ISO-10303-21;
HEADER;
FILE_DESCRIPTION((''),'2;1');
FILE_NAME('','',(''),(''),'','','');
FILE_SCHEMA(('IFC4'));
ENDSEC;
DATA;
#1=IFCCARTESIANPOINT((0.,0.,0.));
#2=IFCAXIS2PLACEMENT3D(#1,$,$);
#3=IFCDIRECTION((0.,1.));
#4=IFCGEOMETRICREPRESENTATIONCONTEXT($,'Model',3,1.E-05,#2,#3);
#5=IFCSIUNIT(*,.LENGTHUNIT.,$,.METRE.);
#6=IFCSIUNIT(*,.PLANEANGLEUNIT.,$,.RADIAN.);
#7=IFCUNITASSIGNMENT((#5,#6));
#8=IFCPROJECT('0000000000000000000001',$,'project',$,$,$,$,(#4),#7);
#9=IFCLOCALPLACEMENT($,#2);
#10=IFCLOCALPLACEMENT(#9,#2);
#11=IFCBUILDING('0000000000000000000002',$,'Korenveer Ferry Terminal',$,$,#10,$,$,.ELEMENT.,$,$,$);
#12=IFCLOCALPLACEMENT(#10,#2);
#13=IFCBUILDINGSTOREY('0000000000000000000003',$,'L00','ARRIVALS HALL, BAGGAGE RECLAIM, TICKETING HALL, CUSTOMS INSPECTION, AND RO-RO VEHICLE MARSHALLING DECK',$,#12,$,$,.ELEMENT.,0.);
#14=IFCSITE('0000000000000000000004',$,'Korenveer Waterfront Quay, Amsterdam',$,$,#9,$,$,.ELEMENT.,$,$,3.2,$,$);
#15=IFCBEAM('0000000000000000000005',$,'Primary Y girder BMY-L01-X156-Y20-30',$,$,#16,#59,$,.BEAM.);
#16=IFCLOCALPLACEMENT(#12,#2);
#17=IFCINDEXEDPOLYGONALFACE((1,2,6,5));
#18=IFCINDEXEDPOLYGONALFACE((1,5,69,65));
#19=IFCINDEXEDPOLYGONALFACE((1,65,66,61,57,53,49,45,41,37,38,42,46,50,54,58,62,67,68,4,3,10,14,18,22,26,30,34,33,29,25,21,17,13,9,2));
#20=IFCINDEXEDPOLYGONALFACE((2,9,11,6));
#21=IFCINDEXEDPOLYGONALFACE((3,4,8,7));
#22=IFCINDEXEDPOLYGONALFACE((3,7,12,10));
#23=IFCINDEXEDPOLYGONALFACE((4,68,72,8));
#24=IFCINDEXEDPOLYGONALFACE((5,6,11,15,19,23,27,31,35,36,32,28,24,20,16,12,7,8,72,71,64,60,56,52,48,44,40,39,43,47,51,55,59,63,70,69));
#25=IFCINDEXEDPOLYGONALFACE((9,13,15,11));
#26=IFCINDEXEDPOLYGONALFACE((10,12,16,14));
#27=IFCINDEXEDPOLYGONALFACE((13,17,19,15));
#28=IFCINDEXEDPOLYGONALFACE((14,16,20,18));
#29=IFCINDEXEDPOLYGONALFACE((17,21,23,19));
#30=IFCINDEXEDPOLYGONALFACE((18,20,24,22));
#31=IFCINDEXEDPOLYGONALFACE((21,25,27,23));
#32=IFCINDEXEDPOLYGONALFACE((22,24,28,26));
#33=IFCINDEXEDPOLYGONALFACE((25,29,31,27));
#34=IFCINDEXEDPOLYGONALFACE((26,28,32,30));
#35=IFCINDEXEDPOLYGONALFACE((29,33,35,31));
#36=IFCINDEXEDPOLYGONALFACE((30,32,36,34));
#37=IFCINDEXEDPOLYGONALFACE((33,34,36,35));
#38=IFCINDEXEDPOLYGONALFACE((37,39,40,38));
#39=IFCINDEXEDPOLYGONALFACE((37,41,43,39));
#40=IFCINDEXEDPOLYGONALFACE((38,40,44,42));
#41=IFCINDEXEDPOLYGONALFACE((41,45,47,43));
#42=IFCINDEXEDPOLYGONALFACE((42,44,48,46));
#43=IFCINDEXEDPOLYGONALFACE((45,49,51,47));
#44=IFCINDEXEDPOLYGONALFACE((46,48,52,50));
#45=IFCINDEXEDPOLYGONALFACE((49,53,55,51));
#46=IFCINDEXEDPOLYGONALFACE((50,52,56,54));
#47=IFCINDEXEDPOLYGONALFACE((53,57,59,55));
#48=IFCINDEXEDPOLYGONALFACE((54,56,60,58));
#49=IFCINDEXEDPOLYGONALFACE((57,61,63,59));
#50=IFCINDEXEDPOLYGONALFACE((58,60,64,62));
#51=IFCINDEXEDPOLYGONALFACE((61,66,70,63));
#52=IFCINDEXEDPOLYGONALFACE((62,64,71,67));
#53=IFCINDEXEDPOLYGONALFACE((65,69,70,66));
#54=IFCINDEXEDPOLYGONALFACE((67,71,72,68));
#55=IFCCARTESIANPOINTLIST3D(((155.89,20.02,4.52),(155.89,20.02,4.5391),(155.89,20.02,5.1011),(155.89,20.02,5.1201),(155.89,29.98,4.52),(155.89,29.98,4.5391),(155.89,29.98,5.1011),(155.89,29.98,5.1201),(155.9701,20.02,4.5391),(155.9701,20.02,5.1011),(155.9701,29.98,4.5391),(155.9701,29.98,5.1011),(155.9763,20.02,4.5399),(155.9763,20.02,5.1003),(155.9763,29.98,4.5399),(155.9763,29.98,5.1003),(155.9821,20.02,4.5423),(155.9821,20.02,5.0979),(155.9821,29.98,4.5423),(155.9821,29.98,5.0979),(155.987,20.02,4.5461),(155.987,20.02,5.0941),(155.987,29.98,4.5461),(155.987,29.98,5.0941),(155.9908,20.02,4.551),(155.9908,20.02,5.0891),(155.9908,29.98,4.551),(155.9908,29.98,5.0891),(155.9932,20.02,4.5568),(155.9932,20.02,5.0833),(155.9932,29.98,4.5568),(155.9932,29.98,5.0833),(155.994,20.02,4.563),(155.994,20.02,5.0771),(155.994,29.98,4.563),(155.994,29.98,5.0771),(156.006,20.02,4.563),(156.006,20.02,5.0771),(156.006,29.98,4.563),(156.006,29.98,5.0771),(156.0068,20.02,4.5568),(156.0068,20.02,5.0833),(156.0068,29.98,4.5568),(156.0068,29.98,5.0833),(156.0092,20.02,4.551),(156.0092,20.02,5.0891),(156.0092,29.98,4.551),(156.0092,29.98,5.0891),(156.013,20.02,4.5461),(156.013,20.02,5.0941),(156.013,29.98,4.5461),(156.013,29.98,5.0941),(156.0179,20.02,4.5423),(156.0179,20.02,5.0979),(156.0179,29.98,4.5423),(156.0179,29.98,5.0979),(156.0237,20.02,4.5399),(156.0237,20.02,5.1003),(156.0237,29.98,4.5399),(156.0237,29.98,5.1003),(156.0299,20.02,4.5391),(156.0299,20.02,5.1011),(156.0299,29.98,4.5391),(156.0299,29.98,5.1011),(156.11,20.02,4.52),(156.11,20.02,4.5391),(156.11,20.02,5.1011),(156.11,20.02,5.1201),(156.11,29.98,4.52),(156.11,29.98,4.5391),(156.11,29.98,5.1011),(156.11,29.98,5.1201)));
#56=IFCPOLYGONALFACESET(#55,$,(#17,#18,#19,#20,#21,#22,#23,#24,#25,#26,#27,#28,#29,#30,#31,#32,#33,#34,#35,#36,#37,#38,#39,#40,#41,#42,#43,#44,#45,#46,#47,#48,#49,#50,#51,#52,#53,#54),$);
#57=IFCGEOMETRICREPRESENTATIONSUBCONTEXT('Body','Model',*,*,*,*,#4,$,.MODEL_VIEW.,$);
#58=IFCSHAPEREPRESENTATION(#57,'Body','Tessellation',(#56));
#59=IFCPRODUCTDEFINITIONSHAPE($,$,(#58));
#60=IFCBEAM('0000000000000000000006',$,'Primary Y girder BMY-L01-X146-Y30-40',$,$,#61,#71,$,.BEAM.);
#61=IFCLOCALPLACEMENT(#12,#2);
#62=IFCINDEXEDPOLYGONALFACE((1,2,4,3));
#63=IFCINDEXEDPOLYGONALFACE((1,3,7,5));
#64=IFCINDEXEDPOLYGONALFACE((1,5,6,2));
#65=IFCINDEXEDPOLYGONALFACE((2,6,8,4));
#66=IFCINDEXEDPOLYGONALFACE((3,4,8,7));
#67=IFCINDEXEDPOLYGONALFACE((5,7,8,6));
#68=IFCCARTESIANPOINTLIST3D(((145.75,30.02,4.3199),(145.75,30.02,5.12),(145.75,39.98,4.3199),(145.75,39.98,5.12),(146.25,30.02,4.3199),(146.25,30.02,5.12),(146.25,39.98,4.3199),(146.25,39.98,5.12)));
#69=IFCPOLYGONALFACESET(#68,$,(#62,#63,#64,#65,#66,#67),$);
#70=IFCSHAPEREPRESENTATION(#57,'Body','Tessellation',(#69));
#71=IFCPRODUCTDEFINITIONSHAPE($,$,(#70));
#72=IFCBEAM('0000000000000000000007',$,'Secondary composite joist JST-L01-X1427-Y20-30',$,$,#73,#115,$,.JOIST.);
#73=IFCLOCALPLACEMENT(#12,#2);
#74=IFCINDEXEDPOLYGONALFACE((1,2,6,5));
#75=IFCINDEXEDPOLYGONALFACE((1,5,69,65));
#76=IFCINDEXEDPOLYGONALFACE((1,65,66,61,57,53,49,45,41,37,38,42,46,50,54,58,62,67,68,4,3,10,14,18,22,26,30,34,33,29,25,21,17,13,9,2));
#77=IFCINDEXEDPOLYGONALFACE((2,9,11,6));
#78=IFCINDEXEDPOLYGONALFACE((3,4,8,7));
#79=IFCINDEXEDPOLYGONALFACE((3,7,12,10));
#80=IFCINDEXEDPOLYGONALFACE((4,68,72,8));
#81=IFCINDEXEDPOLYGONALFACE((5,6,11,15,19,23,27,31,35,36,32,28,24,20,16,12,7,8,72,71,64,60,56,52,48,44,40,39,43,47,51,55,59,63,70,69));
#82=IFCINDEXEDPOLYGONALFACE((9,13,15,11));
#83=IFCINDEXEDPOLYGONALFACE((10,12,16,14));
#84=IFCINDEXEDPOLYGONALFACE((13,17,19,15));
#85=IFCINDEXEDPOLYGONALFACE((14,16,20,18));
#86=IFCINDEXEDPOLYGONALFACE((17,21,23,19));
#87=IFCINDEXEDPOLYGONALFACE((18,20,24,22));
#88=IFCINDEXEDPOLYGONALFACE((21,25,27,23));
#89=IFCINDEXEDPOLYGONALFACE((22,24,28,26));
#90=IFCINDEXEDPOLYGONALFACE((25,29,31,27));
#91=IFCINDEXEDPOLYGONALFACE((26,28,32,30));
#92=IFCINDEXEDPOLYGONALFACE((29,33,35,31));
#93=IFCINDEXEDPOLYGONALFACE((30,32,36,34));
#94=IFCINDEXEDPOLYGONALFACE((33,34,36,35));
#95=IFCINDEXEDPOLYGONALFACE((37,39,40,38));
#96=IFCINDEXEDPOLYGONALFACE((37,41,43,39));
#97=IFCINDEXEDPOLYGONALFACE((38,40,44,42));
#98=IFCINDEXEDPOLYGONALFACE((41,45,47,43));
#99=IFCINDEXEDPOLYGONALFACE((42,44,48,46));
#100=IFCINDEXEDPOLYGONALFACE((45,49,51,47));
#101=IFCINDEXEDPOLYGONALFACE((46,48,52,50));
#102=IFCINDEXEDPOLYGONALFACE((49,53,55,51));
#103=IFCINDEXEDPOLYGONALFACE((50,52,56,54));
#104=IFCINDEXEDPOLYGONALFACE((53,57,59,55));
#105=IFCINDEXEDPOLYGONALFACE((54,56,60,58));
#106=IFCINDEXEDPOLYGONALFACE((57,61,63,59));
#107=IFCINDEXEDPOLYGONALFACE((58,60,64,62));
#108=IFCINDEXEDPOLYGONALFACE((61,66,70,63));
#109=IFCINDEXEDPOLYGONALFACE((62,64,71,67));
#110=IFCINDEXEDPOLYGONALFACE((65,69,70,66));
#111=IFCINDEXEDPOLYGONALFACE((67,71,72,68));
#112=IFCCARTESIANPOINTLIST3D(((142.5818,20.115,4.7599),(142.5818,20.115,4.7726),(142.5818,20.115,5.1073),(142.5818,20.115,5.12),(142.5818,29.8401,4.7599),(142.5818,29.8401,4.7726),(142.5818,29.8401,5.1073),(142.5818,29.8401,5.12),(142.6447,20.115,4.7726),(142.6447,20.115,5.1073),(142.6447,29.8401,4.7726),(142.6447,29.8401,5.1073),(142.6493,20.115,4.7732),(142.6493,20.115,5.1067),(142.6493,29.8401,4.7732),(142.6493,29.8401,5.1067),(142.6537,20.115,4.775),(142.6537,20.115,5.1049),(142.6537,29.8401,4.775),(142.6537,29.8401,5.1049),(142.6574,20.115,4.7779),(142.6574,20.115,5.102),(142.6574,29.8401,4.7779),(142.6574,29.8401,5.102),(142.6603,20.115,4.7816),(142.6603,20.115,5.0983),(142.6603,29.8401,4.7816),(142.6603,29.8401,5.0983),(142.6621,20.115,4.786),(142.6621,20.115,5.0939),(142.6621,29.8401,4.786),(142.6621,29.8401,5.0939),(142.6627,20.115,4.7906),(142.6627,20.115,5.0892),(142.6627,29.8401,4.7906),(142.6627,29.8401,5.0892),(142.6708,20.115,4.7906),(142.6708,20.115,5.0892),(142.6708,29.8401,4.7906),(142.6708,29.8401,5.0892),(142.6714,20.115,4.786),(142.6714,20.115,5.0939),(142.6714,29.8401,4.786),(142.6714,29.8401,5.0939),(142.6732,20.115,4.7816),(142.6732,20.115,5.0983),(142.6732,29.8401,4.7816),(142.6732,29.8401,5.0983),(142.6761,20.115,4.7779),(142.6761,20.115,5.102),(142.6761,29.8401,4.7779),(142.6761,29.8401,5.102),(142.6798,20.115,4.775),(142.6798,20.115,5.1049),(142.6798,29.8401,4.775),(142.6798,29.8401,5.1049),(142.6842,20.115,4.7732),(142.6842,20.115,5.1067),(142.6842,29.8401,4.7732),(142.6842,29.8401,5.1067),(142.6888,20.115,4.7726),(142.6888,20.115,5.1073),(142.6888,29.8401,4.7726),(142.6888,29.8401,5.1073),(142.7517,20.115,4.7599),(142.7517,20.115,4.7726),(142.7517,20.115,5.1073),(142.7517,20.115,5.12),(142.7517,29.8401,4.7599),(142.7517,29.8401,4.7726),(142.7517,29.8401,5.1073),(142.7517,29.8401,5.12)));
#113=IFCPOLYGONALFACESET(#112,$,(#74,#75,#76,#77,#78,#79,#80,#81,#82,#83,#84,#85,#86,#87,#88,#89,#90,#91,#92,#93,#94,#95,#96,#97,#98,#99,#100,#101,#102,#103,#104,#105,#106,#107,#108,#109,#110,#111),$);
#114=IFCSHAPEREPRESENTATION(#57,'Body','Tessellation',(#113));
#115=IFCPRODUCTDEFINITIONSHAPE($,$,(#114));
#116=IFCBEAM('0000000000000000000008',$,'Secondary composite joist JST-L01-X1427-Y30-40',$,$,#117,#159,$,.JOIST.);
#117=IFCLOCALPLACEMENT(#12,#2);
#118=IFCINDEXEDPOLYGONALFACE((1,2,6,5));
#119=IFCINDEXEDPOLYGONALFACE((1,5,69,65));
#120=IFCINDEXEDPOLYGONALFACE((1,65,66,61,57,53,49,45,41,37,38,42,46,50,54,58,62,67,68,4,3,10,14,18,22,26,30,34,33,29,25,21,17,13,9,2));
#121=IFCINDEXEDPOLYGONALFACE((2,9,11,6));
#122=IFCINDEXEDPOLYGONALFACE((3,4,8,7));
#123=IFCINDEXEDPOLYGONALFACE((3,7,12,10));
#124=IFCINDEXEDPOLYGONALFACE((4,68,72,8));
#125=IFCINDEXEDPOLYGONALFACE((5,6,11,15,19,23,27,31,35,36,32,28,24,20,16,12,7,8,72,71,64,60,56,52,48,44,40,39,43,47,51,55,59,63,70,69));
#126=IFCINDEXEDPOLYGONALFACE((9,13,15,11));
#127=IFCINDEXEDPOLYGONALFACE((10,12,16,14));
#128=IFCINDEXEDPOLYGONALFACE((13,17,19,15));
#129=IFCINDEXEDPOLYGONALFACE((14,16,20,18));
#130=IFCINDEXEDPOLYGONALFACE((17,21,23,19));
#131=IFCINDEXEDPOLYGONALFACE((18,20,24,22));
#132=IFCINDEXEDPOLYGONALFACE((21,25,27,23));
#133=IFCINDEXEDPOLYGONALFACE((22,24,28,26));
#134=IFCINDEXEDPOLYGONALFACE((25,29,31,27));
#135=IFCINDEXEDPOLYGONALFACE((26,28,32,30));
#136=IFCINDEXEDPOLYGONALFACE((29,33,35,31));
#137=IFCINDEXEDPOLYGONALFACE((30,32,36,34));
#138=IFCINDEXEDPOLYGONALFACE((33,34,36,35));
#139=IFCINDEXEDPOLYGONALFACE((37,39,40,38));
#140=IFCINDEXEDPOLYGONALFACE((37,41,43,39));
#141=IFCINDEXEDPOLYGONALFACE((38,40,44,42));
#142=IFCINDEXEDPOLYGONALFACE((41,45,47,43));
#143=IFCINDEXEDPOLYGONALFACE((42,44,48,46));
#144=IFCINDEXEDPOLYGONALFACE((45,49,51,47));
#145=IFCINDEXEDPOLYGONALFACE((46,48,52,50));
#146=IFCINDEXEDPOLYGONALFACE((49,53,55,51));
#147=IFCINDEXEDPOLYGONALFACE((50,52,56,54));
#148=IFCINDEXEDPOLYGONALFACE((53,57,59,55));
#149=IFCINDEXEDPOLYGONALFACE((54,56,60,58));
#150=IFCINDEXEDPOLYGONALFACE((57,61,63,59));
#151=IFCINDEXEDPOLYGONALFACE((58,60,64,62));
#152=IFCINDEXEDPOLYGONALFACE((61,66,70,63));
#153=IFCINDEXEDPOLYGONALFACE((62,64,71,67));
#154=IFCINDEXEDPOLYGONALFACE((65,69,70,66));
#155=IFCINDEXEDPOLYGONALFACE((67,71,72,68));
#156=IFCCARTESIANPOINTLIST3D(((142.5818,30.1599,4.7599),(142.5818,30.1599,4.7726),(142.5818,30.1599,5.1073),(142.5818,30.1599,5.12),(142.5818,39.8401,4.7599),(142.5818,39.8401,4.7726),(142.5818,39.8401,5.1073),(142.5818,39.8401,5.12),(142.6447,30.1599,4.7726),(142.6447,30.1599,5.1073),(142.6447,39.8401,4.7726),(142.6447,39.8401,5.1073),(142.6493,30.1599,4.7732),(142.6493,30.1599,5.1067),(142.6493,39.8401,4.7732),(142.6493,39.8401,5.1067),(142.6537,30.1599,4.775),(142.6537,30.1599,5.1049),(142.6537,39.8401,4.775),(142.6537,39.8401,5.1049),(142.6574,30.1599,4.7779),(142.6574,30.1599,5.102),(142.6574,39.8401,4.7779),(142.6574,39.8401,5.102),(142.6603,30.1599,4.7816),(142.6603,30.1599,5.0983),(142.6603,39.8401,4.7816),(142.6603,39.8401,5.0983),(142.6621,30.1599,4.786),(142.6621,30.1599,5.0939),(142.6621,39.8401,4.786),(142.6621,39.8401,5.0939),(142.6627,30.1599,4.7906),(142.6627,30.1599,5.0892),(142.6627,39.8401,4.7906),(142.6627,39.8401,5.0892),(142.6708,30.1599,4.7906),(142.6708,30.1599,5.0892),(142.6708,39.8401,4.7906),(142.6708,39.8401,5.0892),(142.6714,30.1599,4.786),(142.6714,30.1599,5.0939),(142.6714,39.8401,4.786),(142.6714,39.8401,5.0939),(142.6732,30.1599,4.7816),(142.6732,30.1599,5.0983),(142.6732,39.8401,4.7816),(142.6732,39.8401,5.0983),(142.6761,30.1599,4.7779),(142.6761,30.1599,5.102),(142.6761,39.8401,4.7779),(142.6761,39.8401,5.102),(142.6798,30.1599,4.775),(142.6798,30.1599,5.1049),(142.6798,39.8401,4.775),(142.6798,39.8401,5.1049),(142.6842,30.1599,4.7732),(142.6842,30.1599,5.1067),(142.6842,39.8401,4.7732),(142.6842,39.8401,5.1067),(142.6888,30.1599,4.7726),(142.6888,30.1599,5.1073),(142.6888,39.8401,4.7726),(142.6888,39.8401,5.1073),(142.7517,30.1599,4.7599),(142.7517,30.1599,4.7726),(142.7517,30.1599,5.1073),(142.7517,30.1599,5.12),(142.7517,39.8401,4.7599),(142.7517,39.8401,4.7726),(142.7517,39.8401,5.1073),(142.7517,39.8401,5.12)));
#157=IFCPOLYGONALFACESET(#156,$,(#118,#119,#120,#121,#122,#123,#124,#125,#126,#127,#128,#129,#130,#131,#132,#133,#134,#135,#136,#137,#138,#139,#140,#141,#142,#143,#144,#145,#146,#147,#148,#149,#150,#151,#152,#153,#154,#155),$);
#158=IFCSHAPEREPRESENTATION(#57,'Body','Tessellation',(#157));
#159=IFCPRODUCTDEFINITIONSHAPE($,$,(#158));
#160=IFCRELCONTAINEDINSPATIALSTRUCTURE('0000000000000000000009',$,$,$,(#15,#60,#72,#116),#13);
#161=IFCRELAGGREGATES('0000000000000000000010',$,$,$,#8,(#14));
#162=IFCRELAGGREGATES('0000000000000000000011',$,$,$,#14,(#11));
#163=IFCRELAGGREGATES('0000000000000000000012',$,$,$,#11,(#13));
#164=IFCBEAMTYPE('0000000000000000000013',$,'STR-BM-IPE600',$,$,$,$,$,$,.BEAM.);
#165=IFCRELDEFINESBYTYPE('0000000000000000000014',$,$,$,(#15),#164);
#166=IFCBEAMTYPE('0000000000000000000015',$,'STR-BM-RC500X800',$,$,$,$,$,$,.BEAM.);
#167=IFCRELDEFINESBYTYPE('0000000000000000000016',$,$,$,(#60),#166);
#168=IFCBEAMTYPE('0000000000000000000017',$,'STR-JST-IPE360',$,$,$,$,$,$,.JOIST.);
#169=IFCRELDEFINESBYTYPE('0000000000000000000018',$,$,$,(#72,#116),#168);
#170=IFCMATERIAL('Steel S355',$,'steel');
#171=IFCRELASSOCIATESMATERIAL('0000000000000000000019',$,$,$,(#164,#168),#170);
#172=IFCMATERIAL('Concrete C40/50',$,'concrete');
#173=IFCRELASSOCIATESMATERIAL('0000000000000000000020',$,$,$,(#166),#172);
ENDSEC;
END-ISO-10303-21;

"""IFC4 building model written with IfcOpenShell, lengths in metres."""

from ifc_helpers import new_model, si_unit, direction, frame, origin, origin_2d, place, context, subcontext, project, spatial, rectangle, i_section, extrude, material, material_profile, profile_set, type_object, element, save


model = new_model("IFC4")

# Units and contexts
model_context = context("Model", 3, precision=1e-05, world=origin(), true_north=direction((0.0, 1.0)))
body_context = subcontext(model_context, "Body", "Model", "MODEL_VIEW")
ifc_project = project(units=[si_unit("LENGTHUNIT", "METRE"), si_unit("PLANEANGLEUNIT", "RADIAN")], contexts=[model_context])

# Site, building, storey
site_placement = place(None, origin())
site = spatial("IfcSite", under=ifc_project, at=site_placement, Name="Korenveer Waterfront Quay, Amsterdam", CompositionType="ELEMENT", RefElevation=3.2)
building_placement = place(site_placement, origin())
building = spatial("IfcBuilding", under=site, at=building_placement, Name="Korenveer Ferry Terminal", CompositionType="ELEMENT")
storey_placement = place(building_placement, origin())
storey = spatial("IfcBuildingStorey", under=building, at=storey_placement, Name="L00", Description="ARRIVALS HALL, BAGGAGE RECLAIM, TICKETING HALL, CUSTOMS INSPECTION, AND RO-RO VEHICLE MARSHALLING DECK", CompositionType="ELEMENT", Elevation=0.0)

# Shared definitions
ifc_material_1 = material(Name="Concrete C40/50", Category="concrete")

# Beams
ifc_material_2 = material(Name="Steel S355", Category="steel")
ifc_material_profile_1 = material_profile(ifc_material_2, i_section(OverallWidth=0.22, OverallDepth=0.6001, WebThickness=0.012, FlangeThickness=0.019, FilletRadius=0.0239, at=origin_2d()), Name="IPE 600")
ifc_profile_set_1 = profile_set([ifc_material_profile_1], Name="Steel S355")
beam_type_1 = type_object("IfcBeamType", Name="STR-BM-IPE600", PredefinedType="BEAM", material=ifc_profile_set_1)
beam_1_placement = place(storey_placement, frame((156.0, 20.02, 4.8201), z_axis=(0.0, 1.0, 0.0), x_axis=(-1.0, 0.0, 0.0)))
element("IfcBeam", 1, at=beam_1_placement, inside=storey, type_object=beam_type_1, Name="Primary Y girder BMY-L01-X156-Y20-30", PredefinedType="BEAM", context=body_context, shape_type="SweptSolid", body=[
    extrude(i_section(OverallWidth=0.22, OverallDepth=0.6001, WebThickness=0.012, FlangeThickness=0.019, FilletRadius=0.0239, at=origin_2d()), origin(), (0.0, 0.0, 1.0), 9.96),
])
ifc_material_profile_2 = material_profile(ifc_material_1, rectangle(XDim=0.5, YDim=0.8, at=origin_2d()), Name="RC 500x800")
ifc_profile_set_2 = profile_set([ifc_material_profile_2], Name="Concrete C40/50")
beam_type_2 = type_object("IfcBeamType", Name="STR-BM-RC500X800", PredefinedType="BEAM", material=ifc_profile_set_2)
beam_2_placement = place(storey_placement, frame((146.0, 30.02, 4.72), z_axis=(0.0, 1.0, 0.0), x_axis=(-1.0, 0.0, 0.0)))
element("IfcBeam", 2, at=beam_2_placement, inside=storey, type_object=beam_type_2, Name="Primary Y girder BMY-L01-X146-Y30-40", PredefinedType="BEAM", context=body_context, shape_type="SweptSolid", body=[
    extrude(rectangle(XDim=0.5, YDim=0.8, at=origin_2d()), origin(), (0.0, 0.0, 1.0), 9.96),
])
ifc_material_profile_3 = material_profile(ifc_material_2, i_section(OverallWidth=0.1699, OverallDepth=0.3601, WebThickness=0.0081, FlangeThickness=0.0127, FilletRadius=0.0181, at=origin_2d()), Name="IPE 360")
ifc_profile_set_3 = profile_set([ifc_material_profile_3], Name="Steel S355")
beam_type_3 = type_object("IfcBeamType", Name="STR-JST-IPE360", PredefinedType="JOIST", material=ifc_profile_set_3)
beam_3_placement = place(storey_placement, frame((142.6667, 20.115, 4.9399), z_axis=(0.0, 1.0, 0.0), x_axis=(-1.0, 0.0, 0.0)))
element("IfcBeam", 3, at=beam_3_placement, inside=storey, type_object=beam_type_3, Name="Secondary composite joist JST-L01-X1427-Y20-30", PredefinedType="JOIST", context=body_context, shape_type="SweptSolid", body=[
    extrude(i_section(OverallWidth=0.1699, OverallDepth=0.3601, WebThickness=0.0081, FlangeThickness=0.0127, FilletRadius=0.0181, at=origin_2d()), origin(), (0.0, 0.0, 1.0), 9.7251),
])
beam_4_placement = place(storey_placement, frame((142.6667, 30.1599, 4.9399), z_axis=(0.0, 1.0, 0.0), x_axis=(-1.0, 0.0, 0.0)))
element("IfcBeam", 4, at=beam_4_placement, inside=storey, type_object=beam_type_3, Name="Secondary composite joist JST-L01-X1427-Y30-40", PredefinedType="JOIST", context=body_context, shape_type="SweptSolid", body=[
    extrude(i_section(OverallWidth=0.1699, OverallDepth=0.3601, WebThickness=0.0081, FlangeThickness=0.0127, FilletRadius=0.0181, at=origin_2d()), origin(), (0.0, 0.0, 1.0), 9.6802),
])

save(model, "model.ifc")
